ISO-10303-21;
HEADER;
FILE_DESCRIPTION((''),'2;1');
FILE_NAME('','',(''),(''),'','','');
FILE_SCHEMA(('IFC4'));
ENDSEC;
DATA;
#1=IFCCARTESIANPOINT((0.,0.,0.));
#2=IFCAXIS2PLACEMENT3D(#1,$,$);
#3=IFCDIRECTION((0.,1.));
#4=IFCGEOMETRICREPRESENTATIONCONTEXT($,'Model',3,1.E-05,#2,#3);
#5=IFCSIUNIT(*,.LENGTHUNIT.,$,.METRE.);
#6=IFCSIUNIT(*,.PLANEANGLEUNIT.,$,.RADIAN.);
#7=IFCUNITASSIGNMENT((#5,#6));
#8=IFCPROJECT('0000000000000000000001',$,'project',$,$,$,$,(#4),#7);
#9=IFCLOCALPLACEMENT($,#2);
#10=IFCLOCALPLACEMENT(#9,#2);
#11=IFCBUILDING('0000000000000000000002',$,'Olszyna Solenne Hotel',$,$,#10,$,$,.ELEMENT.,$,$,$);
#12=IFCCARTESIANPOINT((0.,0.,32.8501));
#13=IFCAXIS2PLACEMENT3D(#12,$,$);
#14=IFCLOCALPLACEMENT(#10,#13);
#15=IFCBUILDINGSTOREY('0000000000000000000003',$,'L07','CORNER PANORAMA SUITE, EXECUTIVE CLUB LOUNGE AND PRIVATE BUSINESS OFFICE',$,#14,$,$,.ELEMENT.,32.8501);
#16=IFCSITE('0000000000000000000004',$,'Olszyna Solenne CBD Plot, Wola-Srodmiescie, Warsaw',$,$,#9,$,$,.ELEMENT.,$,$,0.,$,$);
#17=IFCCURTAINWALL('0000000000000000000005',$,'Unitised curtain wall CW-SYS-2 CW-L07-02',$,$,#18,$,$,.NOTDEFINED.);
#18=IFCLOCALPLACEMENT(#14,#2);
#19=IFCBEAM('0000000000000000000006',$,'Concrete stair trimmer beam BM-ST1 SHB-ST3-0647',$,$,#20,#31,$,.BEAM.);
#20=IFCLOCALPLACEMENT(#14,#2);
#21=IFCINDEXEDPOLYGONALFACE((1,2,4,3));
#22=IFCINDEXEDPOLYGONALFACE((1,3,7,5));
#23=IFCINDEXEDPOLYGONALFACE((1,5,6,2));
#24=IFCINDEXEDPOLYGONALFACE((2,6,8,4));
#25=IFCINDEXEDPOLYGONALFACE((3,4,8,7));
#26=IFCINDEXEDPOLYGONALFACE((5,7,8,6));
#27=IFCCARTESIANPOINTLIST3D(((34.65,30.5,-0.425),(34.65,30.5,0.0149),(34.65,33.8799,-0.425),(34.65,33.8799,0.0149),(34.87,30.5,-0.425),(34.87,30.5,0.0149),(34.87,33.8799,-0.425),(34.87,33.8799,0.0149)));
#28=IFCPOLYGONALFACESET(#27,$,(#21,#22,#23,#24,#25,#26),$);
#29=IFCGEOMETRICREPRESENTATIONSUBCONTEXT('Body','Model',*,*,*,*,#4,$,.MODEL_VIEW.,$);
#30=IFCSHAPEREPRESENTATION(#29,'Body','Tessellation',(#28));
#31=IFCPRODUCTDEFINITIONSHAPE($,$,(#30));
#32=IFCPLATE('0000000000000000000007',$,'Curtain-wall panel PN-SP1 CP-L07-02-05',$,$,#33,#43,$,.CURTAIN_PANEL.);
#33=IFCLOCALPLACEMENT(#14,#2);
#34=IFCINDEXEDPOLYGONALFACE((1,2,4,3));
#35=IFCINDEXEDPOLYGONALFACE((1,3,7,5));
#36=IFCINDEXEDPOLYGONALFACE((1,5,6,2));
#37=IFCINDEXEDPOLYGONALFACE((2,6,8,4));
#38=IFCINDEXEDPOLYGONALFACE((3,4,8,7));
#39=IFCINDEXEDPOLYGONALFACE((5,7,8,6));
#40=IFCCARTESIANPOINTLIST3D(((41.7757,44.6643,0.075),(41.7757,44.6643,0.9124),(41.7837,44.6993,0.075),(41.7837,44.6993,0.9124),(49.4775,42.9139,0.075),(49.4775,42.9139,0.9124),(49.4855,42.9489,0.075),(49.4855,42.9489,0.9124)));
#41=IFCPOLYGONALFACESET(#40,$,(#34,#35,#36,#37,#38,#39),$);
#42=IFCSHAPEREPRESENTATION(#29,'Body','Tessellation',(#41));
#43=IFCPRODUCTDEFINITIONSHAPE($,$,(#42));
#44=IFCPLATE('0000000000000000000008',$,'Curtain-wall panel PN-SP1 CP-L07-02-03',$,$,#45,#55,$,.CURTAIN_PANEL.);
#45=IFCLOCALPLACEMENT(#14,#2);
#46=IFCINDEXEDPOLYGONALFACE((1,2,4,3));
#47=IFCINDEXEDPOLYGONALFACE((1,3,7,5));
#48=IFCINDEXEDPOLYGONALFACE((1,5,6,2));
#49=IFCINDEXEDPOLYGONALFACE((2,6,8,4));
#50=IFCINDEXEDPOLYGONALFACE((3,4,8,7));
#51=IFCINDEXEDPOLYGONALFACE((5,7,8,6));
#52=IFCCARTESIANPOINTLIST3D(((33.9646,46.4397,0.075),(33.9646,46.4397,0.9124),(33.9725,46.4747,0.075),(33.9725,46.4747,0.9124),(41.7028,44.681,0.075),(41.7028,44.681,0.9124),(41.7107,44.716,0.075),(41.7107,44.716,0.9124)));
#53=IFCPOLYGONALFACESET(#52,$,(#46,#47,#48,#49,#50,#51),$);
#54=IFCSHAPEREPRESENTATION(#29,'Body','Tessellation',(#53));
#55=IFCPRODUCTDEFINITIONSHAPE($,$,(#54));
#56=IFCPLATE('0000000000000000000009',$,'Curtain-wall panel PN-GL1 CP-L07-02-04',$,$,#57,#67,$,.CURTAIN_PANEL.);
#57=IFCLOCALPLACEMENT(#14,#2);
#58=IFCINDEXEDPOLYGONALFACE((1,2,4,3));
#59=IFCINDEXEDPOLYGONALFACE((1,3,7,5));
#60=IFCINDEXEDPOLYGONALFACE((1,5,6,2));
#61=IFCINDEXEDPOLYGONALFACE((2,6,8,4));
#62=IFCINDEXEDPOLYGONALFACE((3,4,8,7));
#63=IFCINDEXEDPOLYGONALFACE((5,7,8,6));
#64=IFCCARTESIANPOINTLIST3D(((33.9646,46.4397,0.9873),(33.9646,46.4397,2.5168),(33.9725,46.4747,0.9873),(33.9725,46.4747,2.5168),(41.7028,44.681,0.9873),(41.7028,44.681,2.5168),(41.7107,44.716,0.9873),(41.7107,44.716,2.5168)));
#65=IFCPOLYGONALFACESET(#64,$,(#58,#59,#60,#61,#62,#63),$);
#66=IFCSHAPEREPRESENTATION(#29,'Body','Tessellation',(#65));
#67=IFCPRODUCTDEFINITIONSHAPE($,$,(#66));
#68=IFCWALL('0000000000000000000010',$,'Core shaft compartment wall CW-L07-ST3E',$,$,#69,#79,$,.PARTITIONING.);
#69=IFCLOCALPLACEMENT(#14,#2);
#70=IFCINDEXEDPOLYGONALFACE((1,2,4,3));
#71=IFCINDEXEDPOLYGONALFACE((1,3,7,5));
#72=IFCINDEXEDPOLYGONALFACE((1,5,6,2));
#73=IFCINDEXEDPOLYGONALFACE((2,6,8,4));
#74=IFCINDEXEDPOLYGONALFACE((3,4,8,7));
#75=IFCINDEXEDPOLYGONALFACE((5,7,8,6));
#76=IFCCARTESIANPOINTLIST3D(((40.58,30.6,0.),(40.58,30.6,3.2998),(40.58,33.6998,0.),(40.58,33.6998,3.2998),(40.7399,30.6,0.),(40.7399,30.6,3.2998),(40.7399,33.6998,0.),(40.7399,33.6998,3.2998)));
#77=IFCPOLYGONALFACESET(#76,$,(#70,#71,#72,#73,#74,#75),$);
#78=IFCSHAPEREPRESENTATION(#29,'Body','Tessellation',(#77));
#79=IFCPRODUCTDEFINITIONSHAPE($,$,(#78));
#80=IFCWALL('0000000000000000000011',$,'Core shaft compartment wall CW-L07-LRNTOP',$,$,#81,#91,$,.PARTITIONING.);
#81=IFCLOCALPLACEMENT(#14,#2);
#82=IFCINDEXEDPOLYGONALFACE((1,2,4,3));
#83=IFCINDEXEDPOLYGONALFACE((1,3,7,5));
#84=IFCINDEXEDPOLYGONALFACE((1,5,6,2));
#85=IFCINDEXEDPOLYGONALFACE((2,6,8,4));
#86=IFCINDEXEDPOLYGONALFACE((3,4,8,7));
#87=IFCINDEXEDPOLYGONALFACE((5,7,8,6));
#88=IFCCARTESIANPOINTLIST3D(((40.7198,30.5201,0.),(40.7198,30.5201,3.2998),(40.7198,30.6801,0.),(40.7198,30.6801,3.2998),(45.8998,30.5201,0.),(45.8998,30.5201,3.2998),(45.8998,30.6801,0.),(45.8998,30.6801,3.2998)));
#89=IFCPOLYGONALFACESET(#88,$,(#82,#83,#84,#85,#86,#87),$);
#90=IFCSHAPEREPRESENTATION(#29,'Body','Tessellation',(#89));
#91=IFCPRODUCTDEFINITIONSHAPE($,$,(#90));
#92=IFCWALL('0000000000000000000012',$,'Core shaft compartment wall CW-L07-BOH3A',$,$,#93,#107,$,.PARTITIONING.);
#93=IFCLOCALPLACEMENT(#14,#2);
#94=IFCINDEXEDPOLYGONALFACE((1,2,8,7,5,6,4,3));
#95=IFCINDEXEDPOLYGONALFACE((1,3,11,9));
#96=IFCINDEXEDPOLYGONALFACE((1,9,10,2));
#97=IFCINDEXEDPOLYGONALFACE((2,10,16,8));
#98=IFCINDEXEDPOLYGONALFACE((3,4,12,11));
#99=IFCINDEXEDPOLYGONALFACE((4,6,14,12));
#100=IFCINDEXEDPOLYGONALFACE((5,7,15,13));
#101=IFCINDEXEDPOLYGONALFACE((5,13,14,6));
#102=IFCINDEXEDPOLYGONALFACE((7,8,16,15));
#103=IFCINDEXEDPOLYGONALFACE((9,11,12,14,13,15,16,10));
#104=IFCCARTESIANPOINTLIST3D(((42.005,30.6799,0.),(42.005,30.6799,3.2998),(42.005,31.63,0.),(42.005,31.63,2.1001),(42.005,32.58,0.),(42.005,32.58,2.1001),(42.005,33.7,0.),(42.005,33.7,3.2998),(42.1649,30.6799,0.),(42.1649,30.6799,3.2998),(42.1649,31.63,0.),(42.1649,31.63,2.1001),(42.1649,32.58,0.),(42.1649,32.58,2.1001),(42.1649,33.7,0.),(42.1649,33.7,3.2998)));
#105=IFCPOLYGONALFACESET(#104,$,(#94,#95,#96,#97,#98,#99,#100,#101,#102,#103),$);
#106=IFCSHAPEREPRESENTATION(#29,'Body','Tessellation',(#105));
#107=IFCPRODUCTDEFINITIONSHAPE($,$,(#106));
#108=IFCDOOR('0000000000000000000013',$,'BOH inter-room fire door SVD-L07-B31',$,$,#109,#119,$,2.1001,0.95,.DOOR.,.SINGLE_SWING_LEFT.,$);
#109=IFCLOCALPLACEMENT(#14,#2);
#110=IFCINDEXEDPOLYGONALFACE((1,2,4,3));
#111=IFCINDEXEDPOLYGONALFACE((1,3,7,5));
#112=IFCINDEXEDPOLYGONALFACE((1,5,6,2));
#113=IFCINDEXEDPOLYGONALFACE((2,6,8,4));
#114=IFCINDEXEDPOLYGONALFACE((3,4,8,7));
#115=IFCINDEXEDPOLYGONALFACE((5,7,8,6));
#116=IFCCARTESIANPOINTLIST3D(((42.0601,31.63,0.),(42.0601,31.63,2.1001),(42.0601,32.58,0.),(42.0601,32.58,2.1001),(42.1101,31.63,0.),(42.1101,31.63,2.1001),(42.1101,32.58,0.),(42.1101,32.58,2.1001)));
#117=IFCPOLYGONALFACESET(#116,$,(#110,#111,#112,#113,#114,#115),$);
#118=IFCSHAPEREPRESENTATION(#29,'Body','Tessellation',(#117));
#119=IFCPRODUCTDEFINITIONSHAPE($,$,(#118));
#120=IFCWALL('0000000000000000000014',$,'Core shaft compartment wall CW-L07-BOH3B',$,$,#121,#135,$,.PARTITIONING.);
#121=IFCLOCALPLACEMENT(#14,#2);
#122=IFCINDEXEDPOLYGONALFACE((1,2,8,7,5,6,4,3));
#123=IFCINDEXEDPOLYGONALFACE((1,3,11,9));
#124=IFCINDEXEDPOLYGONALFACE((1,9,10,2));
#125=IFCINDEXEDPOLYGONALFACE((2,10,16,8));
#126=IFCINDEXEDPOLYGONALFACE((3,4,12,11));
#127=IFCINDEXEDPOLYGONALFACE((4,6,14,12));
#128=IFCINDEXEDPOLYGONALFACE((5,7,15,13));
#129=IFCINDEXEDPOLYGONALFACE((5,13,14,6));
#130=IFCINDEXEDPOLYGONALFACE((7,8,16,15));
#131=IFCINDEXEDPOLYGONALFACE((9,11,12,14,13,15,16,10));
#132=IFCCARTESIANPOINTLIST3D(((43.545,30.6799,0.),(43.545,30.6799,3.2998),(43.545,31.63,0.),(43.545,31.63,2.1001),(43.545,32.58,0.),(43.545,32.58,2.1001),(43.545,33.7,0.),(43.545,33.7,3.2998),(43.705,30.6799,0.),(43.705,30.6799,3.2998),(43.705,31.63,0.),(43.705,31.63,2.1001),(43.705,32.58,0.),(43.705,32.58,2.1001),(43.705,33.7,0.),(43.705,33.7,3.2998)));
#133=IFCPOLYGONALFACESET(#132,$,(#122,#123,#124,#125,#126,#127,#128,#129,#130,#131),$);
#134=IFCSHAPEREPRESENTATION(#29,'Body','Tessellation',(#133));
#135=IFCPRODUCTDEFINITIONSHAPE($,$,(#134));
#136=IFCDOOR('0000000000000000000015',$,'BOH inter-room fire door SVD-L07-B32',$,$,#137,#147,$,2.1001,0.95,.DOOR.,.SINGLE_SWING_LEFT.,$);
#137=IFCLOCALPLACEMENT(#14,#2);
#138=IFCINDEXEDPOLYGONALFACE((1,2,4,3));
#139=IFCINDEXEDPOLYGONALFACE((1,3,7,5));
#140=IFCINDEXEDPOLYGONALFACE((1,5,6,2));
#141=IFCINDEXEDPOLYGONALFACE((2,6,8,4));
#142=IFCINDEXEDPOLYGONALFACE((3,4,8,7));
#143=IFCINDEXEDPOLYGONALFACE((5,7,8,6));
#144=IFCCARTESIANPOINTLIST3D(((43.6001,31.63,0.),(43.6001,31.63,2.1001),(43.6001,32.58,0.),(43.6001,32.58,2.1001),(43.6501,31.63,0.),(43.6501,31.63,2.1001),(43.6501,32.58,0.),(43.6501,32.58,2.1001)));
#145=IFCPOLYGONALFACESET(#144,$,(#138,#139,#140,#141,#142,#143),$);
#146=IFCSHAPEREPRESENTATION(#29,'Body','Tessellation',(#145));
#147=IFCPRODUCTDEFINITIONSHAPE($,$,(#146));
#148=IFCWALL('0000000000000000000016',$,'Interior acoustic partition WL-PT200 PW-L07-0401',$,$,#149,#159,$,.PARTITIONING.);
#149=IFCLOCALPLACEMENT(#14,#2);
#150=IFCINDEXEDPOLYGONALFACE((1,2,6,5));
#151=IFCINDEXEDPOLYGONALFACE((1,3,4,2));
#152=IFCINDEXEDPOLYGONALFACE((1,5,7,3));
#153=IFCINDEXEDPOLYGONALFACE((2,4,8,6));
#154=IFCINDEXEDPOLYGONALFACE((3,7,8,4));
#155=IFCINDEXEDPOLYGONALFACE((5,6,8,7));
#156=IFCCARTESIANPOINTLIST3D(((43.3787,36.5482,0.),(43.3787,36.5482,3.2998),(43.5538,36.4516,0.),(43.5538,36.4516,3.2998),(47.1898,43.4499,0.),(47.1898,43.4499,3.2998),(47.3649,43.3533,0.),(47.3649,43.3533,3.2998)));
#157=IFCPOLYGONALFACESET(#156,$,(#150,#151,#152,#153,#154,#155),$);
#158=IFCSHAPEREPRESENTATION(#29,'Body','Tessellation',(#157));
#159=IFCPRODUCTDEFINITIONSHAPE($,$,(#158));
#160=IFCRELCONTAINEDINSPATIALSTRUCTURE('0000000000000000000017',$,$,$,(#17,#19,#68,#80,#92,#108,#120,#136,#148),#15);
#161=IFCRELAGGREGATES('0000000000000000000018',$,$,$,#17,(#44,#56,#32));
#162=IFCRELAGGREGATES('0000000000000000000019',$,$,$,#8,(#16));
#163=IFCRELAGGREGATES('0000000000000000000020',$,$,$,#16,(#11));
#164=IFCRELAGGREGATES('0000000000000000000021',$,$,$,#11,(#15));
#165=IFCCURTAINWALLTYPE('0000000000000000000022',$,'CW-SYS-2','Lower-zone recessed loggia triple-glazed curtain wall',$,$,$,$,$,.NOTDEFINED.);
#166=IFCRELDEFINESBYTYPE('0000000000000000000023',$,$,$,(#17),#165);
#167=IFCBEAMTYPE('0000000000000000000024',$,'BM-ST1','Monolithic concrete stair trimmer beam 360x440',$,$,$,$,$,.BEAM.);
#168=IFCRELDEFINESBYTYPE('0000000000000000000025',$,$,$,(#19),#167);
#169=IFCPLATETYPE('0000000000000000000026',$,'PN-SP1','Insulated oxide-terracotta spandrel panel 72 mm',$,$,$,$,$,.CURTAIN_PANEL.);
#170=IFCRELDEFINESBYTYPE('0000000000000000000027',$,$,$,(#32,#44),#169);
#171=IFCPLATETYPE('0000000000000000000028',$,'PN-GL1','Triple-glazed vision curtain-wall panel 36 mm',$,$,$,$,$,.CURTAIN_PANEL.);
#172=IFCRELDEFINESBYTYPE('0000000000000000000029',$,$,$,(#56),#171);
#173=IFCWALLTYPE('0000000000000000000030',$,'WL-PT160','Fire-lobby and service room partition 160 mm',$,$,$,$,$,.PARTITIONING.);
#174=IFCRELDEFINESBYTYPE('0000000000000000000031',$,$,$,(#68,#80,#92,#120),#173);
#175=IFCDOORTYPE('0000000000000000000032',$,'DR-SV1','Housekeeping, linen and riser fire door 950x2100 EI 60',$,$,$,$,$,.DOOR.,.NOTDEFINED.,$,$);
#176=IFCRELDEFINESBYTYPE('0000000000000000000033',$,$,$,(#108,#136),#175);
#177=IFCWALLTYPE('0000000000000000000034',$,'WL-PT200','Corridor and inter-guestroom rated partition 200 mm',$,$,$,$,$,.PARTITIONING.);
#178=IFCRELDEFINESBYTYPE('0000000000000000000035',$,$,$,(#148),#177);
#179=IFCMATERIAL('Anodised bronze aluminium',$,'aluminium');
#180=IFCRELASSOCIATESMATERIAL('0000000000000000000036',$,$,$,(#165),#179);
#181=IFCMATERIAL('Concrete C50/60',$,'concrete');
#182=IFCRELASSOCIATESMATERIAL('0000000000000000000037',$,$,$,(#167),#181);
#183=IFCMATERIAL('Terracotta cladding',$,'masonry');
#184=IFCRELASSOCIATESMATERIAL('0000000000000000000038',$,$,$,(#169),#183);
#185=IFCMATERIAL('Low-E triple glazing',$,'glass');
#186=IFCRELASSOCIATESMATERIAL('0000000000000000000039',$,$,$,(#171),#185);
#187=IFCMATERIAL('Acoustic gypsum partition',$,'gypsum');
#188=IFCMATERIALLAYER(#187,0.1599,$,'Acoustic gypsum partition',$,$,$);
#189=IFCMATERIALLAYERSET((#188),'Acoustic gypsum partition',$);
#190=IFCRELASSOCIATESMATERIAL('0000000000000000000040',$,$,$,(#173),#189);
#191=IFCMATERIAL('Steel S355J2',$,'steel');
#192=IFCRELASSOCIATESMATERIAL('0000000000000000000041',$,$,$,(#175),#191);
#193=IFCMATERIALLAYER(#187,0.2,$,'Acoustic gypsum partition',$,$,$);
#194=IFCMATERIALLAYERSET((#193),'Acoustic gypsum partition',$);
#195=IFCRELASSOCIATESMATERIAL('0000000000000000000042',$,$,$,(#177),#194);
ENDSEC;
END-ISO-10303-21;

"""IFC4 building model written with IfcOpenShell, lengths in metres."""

from ifc_helpers import new_model, si_unit, direction, frame, frame_2d, origin, origin_2d, place, context, subcontext, project, spatial, rectangle, extrude, source, transform, mapped, material, layer, layer_set, material_profile, profile_set, type_object, type_shapes, element, fill, aggregate, save


model = new_model("IFC4")

# Units and contexts
model_context = context("Model", 3, precision=1e-05, world=origin(), true_north=direction((0.0, 1.0)))
body_context = subcontext(model_context, "Body", "Model", "MODEL_VIEW")
ifc_project = project(units=[si_unit("LENGTHUNIT", "METRE"), si_unit("PLANEANGLEUNIT", "RADIAN")], contexts=[model_context])

# Site, building, storey
site_placement = place(None, origin())
site = spatial("IfcSite", under=ifc_project, at=site_placement, Name="Olszyna Solenne CBD Plot, Wola-Srodmiescie, Warsaw", CompositionType="ELEMENT", RefElevation=0.0)
building_placement = place(site_placement, origin())
building = spatial("IfcBuilding", under=site, at=building_placement, Name="Olszyna Solenne Hotel", CompositionType="ELEMENT")
storey_placement = place(building_placement, frame((0.0, 0.0, 32.8501)))
storey = spatial("IfcBuildingStorey", under=building, at=storey_placement, Name="L07", Description="CORNER PANORAMA SUITE, EXECUTIVE CLUB LOUNGE AND PRIVATE BUSINESS OFFICE", CompositionType="ELEMENT", Elevation=32.8501)

# Shared definitions
ifc_material_1 = material(Name="Steel S355J2", Category="steel")

# Curtain wall
ifc_material_2 = material(Name="Anodised bronze aluminium", Category="aluminium")
curtain_wall_type = type_object("IfcCurtainWallType", Name="CW-SYS-2", Description="Lower-zone recessed loggia triple-glazed curtain wall", PredefinedType="NOTDEFINED", material=ifc_material_2)
curtain_wall_placement = place(storey_placement, origin())
curtain_wall = element("IfcCurtainWall", 1, at=curtain_wall_placement, inside=storey, type_object=curtain_wall_type, Name="Unitised curtain wall CW-SYS-2 CW-L07-02", PredefinedType="NOTDEFINED")

# Beam
ifc_material_3 = material(Name="Concrete C50/60", Category="concrete")
ifc_material_profile_1 = material_profile(ifc_material_3, rectangle(XDim=0.22, YDim=0.4399, at=origin_2d()), Name="RC 220x440", Category="load-bearing")
ifc_profile_set_1 = profile_set([ifc_material_profile_1], Name="Concrete C50/60")
beam_type_1 = type_object("IfcBeamType", Name="BM-ST1", Description="Monolithic concrete stair trimmer beam 360x440", PredefinedType="BEAM", material=ifc_profile_set_1)
shared_shape_1 = source(origin(), body_context, "Body", "SweptSolid", [
    extrude(rectangle(XDim=0.22, YDim=0.4399, at=origin_2d()), origin(), (0.0, 0.0, 1.0), 3.3799),
])
beam_1_placement = place(storey_placement, frame((34.76, 30.5, -0.2051), z_axis=(0.0, 1.0, 0.0), x_axis=(-1.0, 0.0, 0.0)))
element("IfcBeam", 2, at=beam_1_placement, inside=storey, type_object=beam_type_1, Name="Concrete stair trimmer beam BM-ST1 SHB-ST3-0647", PredefinedType="BEAM", context=body_context, shape_type="MappedRepresentation", body=[
    mapped(shared_shape_1, transform((0.0, 0.0, 0.0), x_axis=(1.0, 0.0, 0.0), y_axis=(0.0, 1.0, 0.0), z_axis=(0.0, 0.0, 1.0), scale=1.0)),
])

# Plates
ifc_material_4 = material(Name="Terracotta cladding", Category="masonry")
plate_type_1 = type_object("IfcPlateType", Name="PN-SP1", Description="Insulated oxide-terracotta spandrel panel 72 mm", PredefinedType="CURTAIN_PANEL", material=ifc_material_4)
shared_shape_2 = source(origin(), body_context, "Body", "SweptSolid", [
    extrude(rectangle(XDim=7.8982, YDim=0.0359, at=origin_2d()), origin(), (0.0, 0.0, 1.0), 0.8374),
])
plate_1_placement = place(storey_placement, frame((45.6306, 43.8066, 0.075), z_axis=(0.0, 0.0, 1.0), x_axis=(0.975133, -0.221622, 0.0)))
plate_1 = element("IfcPlate", 3, at=plate_1_placement, type_object=plate_type_1, Name="Curtain-wall panel PN-SP1 CP-L07-02-05", PredefinedType="CURTAIN_PANEL", context=body_context, shape_type="MappedRepresentation", body=[
    mapped(shared_shape_2, transform((0.0, 0.0, 0.0), x_axis=(1.0, 0.0, 0.0), y_axis=(0.0, 1.0, 0.0), z_axis=(0.0, 0.0, 1.0), scale=1.0)),
])
shared_shape_3 = source(origin(), body_context, "Body", "SweptSolid", [
    extrude(rectangle(XDim=7.9355, YDim=0.0359, at=origin_2d()), origin(), (0.0, 0.0, 1.0), 0.8374),
])
plate_2_placement = place(storey_placement, frame((37.8376, 45.5779, 0.075), z_axis=(0.0, 0.0, 1.0), x_axis=(0.975133, -0.221622, 0.0)))
plate_2 = element("IfcPlate", 4, at=plate_2_placement, type_object=plate_type_1, Name="Curtain-wall panel PN-SP1 CP-L07-02-03", PredefinedType="CURTAIN_PANEL", context=body_context, shape_type="MappedRepresentation", body=[
    mapped(shared_shape_3, transform((0.0, 0.0, 0.0), x_axis=(1.0, 0.0, 0.0), y_axis=(0.0, 1.0, 0.0), z_axis=(0.0, 0.0, 1.0), scale=1.0)),
])
ifc_material_5 = material(Name="Low-E triple glazing", Category="glass")
plate_type_2 = type_object("IfcPlateType", Name="PN-GL1", Description="Triple-glazed vision curtain-wall panel 36 mm", PredefinedType="CURTAIN_PANEL", material=ifc_material_5)
shared_shape_4 = source(origin(), body_context, "Body", "SweptSolid", [
    extrude(rectangle(XDim=7.9355, YDim=0.0359, at=origin_2d()), origin(), (0.0, 0.0, 1.0), 1.5295),
])
plate_3_placement = place(storey_placement, frame((37.8376, 45.5779, 0.9873), z_axis=(0.0, 0.0, 1.0), x_axis=(0.975133, -0.221622, 0.0)))
plate_3 = element("IfcPlate", 5, at=plate_3_placement, type_object=plate_type_2, Name="Curtain-wall panel PN-GL1 CP-L07-02-04", PredefinedType="CURTAIN_PANEL", context=body_context, shape_type="MappedRepresentation", body=[
    mapped(shared_shape_4, transform((0.0, 0.0, 0.0), x_axis=(1.0, 0.0, 0.0), y_axis=(0.0, 1.0, 0.0), z_axis=(0.0, 0.0, 1.0), scale=1.0)),
])
aggregate(curtain_wall, [plate_2, plate_3, plate_1])

# Walls
ifc_material_6 = material(Name="Acoustic gypsum partition", Category="gypsum")
ifc_layer_1 = layer(ifc_material_6, 0.1599, Name="Acoustic gypsum partition")
ifc_layer_set_1 = layer_set([ifc_layer_1], Name="Acoustic gypsum partition")
wall_type_1 = type_object("IfcWallType", Name="WL-PT160", Description="Fire-lobby and service room partition 160 mm", PredefinedType="PARTITIONING", material=ifc_layer_set_1)
wall_1_placement = place(storey_placement, frame((40.6599, 30.6001, 0.0), z_axis=(0.0, 0.0, 1.0), x_axis=(0.0, 1.0, 0.0)))
element("IfcWall", 6, at=wall_1_placement, inside=storey, type_object=wall_type_1, Name="Core shaft compartment wall CW-L07-ST3E", PredefinedType="PARTITIONING", context=body_context, shape_type="SweptSolid", body=[
    extrude(rectangle(XDim=3.0999, YDim=0.1599, at=frame_2d((1.5498, 0.0))), origin(), (0.0, 0.0, 1.0), 3.2998),
])
wall_2_placement = place(storey_placement, frame((40.72, 30.6001, 0.0), z_axis=(0.0, 0.0, 1.0), x_axis=(1.0, 0.0, 0.0)))
element("IfcWall", 7, at=wall_2_placement, inside=storey, type_object=wall_type_1, Name="Core shaft compartment wall CW-L07-LRNTOP", PredefinedType="PARTITIONING", context=body_context, shape_type="SweptSolid", body=[
    extrude(rectangle(XDim=5.1799, YDim=0.1599, at=frame_2d((2.5898, 0.0))), origin(), (0.0, 0.0, 1.0), 3.2998),
])

# Walls, openings, doors
wall_3_placement = place(storey_placement, frame((42.085, 30.6799, 0.0), z_axis=(0.0, 0.0, 1.0), x_axis=(0.0, 1.0, 0.0)))
wall_3 = element("IfcWall", 8, at=wall_3_placement, inside=storey, type_object=wall_type_1, Name="Core shaft compartment wall CW-L07-BOH3A", PredefinedType="PARTITIONING", context=body_context, shape_type="SweptSolid", body=[
    extrude(rectangle(XDim=3.02, YDim=0.1599, at=frame_2d((1.51, 0.0))), origin(), (0.0, 0.0, 1.0), 3.2998),
])
opening_1_placement = place(wall_3_placement, frame((0.95, 0.0, 0.0)))
opening_1 = element("IfcOpeningElement", 9, at=opening_1_placement, cuts=wall_3, PredefinedType="OPENING", context=body_context, shape_type="SweptSolid", body=[
    extrude(rectangle(XDim=0.95, YDim=2.1001, at=frame_2d((0.4751, 1.05))), frame((0.0, 0.0898, 0.0), z_axis=(0.0, -1.0, 0.0), x_axis=(1.0, 0.0, 0.0)), (0.0, 0.0, 1.0), 0.1799),
])
door_type = type_object("IfcDoorType", Name="DR-SV1", Description="Housekeeping, linen and riser fire door 950x2100 EI 60", OperationType="NOTDEFINED", PredefinedType="DOOR", material=ifc_material_1)
shared_shape_5 = source(origin(), body_context, "Body", "SweptSolid", [
    extrude(rectangle(XDim=0.95, YDim=2.1001, at=frame_2d((0.4751, 1.05))), frame((0.0, 0.0249, 0.0), z_axis=(0.0, -1.0, 0.0), x_axis=(1.0, 0.0, 0.0)), (0.0, 0.0, 1.0), 0.05),
])
type_shapes(door_type, [shared_shape_5])
door_1_placement = place(opening_1_placement, origin())
door_1 = element("IfcDoor", 10, at=door_1_placement, inside=storey, type_object=door_type, Name="BOH inter-room fire door SVD-L07-B31", OperationType="SINGLE_SWING_LEFT", OverallHeight=2.1001, OverallWidth=0.95, PredefinedType="DOOR", context=body_context, shape_type="MappedRepresentation", body=[
    mapped(shared_shape_5, transform((0.0, 0.0, 0.0), x_axis=(1.0, 0.0, 0.0), y_axis=(0.0, 1.0, 0.0), z_axis=(0.0, 0.0, 1.0), scale=1.0)),
])
fill(opening_1, door_1)
wall_4_placement = place(storey_placement, frame((43.625, 30.6799, 0.0), z_axis=(0.0, 0.0, 1.0), x_axis=(0.0, 1.0, 0.0)))
wall_4 = element("IfcWall", 11, at=wall_4_placement, inside=storey, type_object=wall_type_1, Name="Core shaft compartment wall CW-L07-BOH3B", PredefinedType="PARTITIONING", context=body_context, shape_type="SweptSolid", body=[
    extrude(rectangle(XDim=3.02, YDim=0.1599, at=frame_2d((1.51, 0.0))), origin(), (0.0, 0.0, 1.0), 3.2998),
])
opening_2_placement = place(wall_4_placement, frame((0.95, 0.0, 0.0)))
opening_2 = element("IfcOpeningElement", 12, at=opening_2_placement, cuts=wall_4, PredefinedType="OPENING", context=body_context, shape_type="SweptSolid", body=[
    extrude(rectangle(XDim=0.95, YDim=2.1001, at=frame_2d((0.4751, 1.05))), frame((0.0, 0.0898, 0.0), z_axis=(0.0, -1.0, 0.0), x_axis=(1.0, 0.0, 0.0)), (0.0, 0.0, 1.0), 0.1799),
])
door_2_placement = place(opening_2_placement, origin())
door_2 = element("IfcDoor", 13, at=door_2_placement, inside=storey, type_object=door_type, Name="BOH inter-room fire door SVD-L07-B32", OperationType="SINGLE_SWING_LEFT", OverallHeight=2.1001, OverallWidth=0.95, PredefinedType="DOOR", context=body_context, shape_type="MappedRepresentation", body=[
    mapped(shared_shape_5, transform((0.0, 0.0, 0.0), x_axis=(1.0, 0.0, 0.0), y_axis=(0.0, 1.0, 0.0), z_axis=(0.0, 0.0, 1.0), scale=1.0)),
])
fill(opening_2, door_2)

# Wall
ifc_layer_2 = layer(ifc_material_6, 0.2, Name="Acoustic gypsum partition")
ifc_layer_set_2 = layer_set([ifc_layer_2], Name="Acoustic gypsum partition")
wall_type_2 = type_object("IfcWallType", Name="WL-PT200", Description="Corridor and inter-guestroom rated partition 200 mm", PredefinedType="PARTITIONING", material=ifc_layer_set_2)
wall_5_placement = place(storey_placement, frame((43.4663, 36.5, 0.0), z_axis=(0.0, 0.0, 1.0), x_axis=(0.483393, 0.875403, 0.0)))
element("IfcWall", 14, at=wall_5_placement, inside=storey, type_object=wall_type_2, Name="Interior acoustic partition WL-PT200 PW-L07-0401", PredefinedType="PARTITIONING", context=body_context, shape_type="SweptSolid", body=[
    extrude(rectangle(XDim=7.884, YDim=0.2, at=frame_2d((3.9419, 0.0))), origin(), (0.0, 0.0, 1.0), 3.2998),
])

save(model, "model.ifc")
